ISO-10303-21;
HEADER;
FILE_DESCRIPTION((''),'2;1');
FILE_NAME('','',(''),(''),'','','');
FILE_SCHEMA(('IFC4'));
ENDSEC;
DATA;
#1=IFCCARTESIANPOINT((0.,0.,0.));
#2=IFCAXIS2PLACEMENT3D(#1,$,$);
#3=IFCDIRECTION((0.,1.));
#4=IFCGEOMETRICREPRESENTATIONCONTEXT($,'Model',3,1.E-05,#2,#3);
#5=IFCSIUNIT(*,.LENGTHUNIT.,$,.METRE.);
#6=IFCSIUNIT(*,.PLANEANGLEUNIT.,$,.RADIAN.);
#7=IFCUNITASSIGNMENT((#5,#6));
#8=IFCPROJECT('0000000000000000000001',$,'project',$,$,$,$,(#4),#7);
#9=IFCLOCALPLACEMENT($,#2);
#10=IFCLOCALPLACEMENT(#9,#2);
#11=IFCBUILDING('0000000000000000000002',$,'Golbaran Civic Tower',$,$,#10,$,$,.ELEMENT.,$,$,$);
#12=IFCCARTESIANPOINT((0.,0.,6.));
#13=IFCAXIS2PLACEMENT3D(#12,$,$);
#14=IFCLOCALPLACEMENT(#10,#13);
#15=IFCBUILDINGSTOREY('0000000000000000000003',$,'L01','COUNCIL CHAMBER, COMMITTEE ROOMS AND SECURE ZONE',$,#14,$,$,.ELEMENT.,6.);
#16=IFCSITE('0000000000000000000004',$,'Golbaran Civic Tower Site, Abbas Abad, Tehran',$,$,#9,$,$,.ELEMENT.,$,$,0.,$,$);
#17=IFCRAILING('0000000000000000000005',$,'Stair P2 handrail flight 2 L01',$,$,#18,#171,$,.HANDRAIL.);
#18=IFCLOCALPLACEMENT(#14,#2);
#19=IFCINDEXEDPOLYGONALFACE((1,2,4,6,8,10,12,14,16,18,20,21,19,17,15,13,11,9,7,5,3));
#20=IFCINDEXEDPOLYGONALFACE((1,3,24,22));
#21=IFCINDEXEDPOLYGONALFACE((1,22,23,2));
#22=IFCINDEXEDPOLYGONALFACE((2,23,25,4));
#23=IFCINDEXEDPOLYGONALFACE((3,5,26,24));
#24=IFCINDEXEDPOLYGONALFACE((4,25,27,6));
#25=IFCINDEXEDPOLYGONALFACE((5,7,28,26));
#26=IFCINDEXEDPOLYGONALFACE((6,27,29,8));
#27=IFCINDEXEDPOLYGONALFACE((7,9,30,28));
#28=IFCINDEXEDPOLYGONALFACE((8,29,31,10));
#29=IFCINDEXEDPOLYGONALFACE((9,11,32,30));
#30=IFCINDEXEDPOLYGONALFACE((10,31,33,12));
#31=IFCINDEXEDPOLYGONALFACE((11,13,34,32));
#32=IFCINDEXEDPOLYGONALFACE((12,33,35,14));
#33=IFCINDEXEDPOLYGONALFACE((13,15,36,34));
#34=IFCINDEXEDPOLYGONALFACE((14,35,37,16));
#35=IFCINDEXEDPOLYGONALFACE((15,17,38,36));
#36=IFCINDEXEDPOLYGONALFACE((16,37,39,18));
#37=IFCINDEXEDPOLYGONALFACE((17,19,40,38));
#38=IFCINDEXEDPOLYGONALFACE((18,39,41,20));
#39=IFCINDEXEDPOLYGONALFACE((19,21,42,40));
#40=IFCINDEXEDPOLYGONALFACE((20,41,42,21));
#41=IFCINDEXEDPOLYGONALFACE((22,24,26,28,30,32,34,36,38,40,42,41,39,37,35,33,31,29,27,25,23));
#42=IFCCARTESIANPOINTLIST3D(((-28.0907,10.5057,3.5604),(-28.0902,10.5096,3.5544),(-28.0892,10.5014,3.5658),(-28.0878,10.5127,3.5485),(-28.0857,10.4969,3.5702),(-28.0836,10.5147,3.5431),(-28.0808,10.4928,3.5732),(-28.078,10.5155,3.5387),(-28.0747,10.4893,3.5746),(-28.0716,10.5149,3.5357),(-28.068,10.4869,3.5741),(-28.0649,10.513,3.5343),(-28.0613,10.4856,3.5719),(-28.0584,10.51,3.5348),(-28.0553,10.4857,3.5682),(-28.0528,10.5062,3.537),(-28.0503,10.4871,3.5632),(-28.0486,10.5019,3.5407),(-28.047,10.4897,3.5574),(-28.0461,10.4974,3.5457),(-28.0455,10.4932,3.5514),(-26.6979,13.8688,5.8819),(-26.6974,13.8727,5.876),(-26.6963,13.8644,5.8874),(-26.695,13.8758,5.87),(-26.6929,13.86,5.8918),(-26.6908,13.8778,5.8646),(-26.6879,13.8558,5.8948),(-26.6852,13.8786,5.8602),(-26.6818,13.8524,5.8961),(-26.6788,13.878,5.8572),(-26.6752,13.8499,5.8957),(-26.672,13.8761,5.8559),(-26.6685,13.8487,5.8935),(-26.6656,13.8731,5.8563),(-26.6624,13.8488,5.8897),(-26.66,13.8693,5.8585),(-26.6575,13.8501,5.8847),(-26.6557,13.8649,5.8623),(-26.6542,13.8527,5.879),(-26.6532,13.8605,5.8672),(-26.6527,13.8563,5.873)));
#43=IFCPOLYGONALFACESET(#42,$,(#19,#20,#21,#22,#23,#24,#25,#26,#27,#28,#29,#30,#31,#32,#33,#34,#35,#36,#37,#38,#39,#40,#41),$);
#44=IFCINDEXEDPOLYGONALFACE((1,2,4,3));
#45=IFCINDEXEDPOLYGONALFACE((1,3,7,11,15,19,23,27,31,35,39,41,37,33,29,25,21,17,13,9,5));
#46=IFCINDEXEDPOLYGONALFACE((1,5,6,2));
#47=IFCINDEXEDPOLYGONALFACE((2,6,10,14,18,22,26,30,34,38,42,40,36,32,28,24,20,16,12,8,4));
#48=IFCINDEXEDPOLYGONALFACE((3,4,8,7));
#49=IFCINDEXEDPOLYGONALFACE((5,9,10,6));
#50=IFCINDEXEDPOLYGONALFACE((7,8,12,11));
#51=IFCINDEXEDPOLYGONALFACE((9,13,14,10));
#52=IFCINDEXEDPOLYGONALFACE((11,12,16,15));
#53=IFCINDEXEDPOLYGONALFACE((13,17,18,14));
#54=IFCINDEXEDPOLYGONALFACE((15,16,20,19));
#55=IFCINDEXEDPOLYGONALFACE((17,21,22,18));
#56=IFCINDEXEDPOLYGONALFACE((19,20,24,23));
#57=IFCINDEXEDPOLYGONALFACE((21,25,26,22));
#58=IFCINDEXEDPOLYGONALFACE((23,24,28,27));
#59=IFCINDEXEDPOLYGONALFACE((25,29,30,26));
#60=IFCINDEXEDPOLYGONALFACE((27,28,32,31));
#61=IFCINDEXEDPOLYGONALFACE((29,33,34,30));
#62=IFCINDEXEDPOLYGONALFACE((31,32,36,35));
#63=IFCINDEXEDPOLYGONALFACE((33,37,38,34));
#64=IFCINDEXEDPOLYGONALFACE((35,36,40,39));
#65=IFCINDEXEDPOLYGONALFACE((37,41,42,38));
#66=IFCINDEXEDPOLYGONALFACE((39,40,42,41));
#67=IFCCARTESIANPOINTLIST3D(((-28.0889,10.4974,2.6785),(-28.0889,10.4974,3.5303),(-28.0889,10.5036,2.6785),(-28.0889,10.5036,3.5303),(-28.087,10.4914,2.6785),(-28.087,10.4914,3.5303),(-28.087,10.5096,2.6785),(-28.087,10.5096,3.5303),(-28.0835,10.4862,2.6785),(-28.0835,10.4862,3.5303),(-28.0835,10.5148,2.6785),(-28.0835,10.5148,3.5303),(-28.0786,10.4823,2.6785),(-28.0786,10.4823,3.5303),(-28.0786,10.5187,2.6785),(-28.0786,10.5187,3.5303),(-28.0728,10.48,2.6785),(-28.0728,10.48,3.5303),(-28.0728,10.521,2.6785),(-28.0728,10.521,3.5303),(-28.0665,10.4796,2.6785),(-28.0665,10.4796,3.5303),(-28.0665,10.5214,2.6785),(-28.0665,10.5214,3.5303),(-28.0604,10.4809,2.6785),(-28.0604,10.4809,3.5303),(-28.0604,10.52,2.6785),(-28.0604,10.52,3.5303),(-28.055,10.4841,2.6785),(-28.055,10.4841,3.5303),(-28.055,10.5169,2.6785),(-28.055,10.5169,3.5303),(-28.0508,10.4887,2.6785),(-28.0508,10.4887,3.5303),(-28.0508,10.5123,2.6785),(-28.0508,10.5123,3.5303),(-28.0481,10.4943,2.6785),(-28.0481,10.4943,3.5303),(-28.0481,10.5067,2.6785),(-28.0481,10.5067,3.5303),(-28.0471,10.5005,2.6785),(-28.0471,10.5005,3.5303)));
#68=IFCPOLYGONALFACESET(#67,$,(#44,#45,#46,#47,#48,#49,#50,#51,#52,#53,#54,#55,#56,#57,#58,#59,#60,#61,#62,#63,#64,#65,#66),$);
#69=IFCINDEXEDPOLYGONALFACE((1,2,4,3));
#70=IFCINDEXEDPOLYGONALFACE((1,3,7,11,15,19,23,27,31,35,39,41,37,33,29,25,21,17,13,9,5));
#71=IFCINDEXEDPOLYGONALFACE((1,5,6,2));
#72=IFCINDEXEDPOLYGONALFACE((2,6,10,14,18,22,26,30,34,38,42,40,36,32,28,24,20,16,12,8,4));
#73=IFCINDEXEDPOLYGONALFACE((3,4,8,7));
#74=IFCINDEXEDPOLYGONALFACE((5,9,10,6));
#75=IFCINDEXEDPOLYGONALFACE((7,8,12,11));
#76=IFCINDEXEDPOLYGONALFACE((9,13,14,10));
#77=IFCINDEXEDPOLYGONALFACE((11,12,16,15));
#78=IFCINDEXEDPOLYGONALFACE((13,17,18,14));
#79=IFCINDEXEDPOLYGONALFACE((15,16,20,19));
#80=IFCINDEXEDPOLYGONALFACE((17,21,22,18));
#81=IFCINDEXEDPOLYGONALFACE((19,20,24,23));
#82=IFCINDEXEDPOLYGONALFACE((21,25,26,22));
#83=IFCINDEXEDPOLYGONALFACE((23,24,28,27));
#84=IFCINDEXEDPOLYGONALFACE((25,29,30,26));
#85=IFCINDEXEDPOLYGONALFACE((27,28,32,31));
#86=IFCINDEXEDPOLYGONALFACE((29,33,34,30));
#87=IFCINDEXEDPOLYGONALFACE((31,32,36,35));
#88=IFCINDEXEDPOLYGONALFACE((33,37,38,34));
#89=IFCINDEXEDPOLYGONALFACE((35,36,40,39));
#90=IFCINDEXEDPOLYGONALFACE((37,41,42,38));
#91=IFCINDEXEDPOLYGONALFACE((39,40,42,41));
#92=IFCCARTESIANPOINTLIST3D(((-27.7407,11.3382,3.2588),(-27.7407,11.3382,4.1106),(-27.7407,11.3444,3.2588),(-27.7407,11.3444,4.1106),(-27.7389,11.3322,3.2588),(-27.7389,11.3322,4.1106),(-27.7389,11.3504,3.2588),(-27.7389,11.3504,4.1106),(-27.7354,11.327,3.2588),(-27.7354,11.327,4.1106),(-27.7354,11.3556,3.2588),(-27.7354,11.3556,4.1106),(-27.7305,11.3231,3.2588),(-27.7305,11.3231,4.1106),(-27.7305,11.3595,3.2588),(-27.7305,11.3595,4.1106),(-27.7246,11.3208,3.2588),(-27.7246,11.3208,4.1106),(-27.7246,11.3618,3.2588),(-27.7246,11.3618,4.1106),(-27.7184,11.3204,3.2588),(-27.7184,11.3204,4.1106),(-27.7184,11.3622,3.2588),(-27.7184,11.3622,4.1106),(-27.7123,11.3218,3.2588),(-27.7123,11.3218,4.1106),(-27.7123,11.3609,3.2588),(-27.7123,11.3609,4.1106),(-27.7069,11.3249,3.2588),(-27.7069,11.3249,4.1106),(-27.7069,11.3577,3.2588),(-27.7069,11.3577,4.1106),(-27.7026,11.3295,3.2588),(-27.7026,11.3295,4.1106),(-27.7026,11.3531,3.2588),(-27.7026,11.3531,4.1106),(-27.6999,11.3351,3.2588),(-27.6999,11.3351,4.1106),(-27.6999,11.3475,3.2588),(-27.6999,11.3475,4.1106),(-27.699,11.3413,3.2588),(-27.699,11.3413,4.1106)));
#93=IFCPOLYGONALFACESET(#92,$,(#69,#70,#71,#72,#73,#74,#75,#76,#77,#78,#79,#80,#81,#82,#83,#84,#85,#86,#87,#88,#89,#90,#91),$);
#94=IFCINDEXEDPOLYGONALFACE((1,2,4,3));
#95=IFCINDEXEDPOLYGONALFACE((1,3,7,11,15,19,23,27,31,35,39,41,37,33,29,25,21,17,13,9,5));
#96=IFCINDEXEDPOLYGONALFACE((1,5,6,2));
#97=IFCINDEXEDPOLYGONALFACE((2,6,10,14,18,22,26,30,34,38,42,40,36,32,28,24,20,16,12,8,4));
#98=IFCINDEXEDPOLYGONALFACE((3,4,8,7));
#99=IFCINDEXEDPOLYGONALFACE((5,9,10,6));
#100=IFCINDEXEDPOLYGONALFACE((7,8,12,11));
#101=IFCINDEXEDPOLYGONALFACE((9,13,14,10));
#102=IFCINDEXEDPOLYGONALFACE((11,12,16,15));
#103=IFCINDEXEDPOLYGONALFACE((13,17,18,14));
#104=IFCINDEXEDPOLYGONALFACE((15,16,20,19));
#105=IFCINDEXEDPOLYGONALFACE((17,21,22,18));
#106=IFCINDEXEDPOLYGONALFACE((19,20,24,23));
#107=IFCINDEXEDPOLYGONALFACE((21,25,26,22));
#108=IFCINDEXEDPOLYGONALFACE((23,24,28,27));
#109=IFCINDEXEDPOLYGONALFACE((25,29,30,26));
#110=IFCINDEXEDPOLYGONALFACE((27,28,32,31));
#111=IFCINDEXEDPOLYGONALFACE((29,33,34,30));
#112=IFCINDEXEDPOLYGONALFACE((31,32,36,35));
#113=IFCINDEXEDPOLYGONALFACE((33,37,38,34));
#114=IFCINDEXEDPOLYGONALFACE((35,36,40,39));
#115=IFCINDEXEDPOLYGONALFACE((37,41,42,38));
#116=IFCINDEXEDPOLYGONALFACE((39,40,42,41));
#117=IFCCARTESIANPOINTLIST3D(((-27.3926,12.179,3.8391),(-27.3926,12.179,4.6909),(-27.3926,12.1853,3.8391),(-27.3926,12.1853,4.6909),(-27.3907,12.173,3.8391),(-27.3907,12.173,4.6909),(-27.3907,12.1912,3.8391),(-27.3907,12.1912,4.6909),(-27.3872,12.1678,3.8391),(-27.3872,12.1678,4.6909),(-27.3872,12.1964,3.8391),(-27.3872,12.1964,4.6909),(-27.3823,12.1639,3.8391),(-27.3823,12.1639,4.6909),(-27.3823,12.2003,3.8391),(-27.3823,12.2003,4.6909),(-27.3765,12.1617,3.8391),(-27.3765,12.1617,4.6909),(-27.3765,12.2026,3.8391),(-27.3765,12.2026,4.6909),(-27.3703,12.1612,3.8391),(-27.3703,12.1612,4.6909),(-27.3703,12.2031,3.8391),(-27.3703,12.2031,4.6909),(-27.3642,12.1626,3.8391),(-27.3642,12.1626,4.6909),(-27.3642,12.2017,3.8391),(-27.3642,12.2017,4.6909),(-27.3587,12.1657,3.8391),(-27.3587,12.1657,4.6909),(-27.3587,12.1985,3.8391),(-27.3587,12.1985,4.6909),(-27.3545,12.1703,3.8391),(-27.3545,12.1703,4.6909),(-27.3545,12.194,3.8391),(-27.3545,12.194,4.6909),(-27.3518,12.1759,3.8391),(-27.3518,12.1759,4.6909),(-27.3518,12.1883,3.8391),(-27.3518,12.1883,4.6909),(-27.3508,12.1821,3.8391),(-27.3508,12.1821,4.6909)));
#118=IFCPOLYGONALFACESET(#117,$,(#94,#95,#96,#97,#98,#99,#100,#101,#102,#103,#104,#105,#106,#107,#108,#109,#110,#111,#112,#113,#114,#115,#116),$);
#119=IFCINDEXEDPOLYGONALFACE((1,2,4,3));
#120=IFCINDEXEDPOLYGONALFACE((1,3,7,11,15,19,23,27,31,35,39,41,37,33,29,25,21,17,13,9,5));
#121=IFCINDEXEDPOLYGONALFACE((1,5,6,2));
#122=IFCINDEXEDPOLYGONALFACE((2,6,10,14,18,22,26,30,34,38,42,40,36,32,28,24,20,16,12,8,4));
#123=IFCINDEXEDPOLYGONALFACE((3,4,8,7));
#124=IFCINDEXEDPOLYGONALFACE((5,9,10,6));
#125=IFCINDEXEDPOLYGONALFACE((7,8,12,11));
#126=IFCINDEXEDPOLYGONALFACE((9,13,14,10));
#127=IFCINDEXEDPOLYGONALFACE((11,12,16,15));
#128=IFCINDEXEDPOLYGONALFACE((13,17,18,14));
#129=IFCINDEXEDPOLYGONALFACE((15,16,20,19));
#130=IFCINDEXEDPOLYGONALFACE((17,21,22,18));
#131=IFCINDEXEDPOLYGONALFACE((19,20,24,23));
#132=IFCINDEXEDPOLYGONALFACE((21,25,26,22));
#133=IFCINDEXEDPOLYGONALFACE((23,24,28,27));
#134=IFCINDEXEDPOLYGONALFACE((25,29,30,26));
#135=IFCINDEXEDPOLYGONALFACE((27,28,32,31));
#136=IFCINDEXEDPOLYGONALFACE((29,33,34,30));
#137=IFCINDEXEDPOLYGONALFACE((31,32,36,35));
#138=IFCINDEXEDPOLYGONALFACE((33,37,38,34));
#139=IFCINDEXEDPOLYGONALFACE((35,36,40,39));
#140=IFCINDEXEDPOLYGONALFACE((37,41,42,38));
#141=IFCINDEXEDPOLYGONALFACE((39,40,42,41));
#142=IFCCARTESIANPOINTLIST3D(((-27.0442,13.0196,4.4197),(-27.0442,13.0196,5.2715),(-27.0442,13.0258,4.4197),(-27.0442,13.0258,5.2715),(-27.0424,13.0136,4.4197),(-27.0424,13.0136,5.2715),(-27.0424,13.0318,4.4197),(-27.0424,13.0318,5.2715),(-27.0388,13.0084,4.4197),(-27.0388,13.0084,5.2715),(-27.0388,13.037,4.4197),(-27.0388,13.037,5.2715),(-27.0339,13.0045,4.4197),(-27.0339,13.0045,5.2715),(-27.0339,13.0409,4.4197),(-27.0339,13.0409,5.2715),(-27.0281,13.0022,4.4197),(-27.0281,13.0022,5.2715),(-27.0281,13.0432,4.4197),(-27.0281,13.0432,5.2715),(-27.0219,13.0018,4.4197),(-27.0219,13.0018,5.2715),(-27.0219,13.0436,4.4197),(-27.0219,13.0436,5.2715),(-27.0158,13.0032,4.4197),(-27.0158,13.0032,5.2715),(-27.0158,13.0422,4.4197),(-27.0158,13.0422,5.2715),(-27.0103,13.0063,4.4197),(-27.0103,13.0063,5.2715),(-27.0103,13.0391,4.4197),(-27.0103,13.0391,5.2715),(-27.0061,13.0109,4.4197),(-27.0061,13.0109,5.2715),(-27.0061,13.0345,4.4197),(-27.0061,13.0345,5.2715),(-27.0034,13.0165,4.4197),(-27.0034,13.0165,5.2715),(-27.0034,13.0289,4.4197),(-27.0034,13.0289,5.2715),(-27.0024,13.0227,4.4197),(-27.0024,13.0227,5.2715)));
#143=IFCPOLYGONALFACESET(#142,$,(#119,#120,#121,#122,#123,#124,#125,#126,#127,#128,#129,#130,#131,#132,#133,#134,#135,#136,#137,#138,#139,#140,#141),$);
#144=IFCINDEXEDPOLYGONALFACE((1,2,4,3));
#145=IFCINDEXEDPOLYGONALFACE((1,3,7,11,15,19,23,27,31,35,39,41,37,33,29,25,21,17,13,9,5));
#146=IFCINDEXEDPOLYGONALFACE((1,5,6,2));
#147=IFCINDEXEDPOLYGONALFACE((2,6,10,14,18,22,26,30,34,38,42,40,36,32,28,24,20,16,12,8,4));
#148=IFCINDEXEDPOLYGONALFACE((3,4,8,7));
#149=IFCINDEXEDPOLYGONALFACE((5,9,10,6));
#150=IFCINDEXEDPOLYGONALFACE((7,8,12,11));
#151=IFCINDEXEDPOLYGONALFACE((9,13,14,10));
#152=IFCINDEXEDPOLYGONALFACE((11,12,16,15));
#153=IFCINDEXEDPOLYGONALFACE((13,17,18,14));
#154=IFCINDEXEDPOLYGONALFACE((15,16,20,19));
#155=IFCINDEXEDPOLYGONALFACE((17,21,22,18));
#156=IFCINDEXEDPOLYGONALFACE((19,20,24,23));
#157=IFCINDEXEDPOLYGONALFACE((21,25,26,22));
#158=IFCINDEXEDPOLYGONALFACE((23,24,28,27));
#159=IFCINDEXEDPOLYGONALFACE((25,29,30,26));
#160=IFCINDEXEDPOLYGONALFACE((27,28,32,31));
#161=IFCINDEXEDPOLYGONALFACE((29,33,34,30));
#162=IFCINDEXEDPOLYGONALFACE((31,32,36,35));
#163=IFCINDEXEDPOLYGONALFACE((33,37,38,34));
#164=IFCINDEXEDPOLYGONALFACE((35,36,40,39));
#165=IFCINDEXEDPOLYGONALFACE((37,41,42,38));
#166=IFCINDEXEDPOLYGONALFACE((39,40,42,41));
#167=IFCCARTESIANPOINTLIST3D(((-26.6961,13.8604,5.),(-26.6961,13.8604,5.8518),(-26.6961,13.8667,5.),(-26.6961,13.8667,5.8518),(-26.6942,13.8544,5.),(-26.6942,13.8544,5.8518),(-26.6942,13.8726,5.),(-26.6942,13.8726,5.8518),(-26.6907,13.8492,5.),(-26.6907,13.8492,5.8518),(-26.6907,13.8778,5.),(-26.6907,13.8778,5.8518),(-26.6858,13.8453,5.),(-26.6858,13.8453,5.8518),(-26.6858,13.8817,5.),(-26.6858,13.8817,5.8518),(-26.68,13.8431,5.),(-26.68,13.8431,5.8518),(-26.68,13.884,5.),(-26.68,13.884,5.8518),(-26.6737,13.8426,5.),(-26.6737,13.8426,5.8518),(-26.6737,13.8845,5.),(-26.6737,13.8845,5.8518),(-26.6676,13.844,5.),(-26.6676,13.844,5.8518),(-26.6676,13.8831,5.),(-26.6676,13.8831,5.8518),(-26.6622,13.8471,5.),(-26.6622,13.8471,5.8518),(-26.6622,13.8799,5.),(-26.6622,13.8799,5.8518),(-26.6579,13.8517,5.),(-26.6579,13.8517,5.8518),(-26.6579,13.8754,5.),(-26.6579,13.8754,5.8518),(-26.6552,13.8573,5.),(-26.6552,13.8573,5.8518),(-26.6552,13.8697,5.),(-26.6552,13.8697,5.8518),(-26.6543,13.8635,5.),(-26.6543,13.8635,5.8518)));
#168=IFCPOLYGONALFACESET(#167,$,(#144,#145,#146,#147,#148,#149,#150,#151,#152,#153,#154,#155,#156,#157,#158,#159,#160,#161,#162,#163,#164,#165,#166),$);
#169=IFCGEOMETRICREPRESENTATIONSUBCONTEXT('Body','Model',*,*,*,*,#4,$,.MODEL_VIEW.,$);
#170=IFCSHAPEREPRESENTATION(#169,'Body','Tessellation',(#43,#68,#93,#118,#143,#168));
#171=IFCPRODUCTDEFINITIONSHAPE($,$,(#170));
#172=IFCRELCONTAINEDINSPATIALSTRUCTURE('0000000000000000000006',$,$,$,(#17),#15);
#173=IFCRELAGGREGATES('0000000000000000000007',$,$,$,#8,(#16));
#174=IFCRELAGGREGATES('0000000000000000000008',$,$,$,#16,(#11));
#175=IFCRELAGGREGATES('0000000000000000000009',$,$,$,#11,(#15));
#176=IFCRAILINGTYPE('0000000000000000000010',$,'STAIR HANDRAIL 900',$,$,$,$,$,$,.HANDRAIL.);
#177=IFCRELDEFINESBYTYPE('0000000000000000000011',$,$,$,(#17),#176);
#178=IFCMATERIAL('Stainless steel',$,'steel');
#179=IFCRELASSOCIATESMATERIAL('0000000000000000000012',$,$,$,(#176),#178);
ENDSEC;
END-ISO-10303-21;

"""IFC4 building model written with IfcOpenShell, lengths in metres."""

from ifc_helpers import new_model, si_unit, direction, frame, origin, origin_2d, place, context, subcontext, project, spatial, circle, extrude, material, type_object, element, save


model = new_model("IFC4")

# Units and contexts
model_context = context("Model", 3, precision=1e-05, world=origin(), true_north=direction((0.0, 1.0)))
body_context = subcontext(model_context, "Body", "Model", "MODEL_VIEW")
ifc_project = project(units=[si_unit("LENGTHUNIT", "METRE"), si_unit("PLANEANGLEUNIT", "RADIAN")], contexts=[model_context])

# Site, building, storey
site_placement = place(None, origin())
site = spatial("IfcSite", under=ifc_project, at=site_placement, Name="Golbaran Civic Tower Site, Abbas Abad, Tehran", CompositionType="ELEMENT", RefElevation=0.0)
building_placement = place(site_placement, origin())
building = spatial("IfcBuilding", under=site, at=building_placement, Name="Golbaran Civic Tower", CompositionType="ELEMENT")
storey_placement = place(building_placement, frame((0.0, 0.0, 6.0)))
storey = spatial("IfcBuildingStorey", under=building, at=storey_placement, Name="L01", Description="COUNCIL CHAMBER, COMMITTEE ROOMS AND SECURE ZONE", CompositionType="ELEMENT", Elevation=6.0)

# Railing
ifc_material_1 = material(Name="Stainless steel", Category="steel")
railing_type_1 = type_object("IfcRailingType", Name="STAIR HANDRAIL 900", PredefinedType="HANDRAIL", material=ifc_material_1)
railing_1_placement = place(storey_placement, frame((-28.0681, 10.5005, 2.6785)))
element("IfcRailing", 1, at=railing_1_placement, inside=storey, type_object=railing_type_1, Name="Stair P2 handrail flight 2 L01", PredefinedType="HANDRAIL", context=body_context, shape_type="SweptSolid", body=[
    extrude(circle(Radius=0.0239, at=origin_2d()), frame((0.0, 0.0, 0.876), z_axis=(0.322611, 0.778959, 0.537722), x_axis=(-0.923898, 0.382638, 0.0)), (0.0, 0.0, 1.0), 4.3174),
    extrude(circle(Radius=0.021, at=origin_2d()), origin(), (0.0, 0.0, 1.0), 0.8518),
    extrude(circle(Radius=0.021, at=origin_2d()), frame((0.3481, 0.8408, 0.5803)), (0.0, 0.0, 1.0), 0.8518),
    extrude(circle(Radius=0.021, at=origin_2d()), frame((0.6963, 1.6816, 1.1606)), (0.0, 0.0, 1.0), 0.8518),
    extrude(circle(Radius=0.021, at=origin_2d()), frame((1.0447, 2.5222, 1.7412)), (0.0, 0.0, 1.0), 0.8518),
    extrude(circle(Radius=0.021, at=origin_2d()), frame((1.3928, 3.363, 2.3215)), (0.0, 0.0, 1.0), 0.8518),
])

save(model, "model.ifc")
